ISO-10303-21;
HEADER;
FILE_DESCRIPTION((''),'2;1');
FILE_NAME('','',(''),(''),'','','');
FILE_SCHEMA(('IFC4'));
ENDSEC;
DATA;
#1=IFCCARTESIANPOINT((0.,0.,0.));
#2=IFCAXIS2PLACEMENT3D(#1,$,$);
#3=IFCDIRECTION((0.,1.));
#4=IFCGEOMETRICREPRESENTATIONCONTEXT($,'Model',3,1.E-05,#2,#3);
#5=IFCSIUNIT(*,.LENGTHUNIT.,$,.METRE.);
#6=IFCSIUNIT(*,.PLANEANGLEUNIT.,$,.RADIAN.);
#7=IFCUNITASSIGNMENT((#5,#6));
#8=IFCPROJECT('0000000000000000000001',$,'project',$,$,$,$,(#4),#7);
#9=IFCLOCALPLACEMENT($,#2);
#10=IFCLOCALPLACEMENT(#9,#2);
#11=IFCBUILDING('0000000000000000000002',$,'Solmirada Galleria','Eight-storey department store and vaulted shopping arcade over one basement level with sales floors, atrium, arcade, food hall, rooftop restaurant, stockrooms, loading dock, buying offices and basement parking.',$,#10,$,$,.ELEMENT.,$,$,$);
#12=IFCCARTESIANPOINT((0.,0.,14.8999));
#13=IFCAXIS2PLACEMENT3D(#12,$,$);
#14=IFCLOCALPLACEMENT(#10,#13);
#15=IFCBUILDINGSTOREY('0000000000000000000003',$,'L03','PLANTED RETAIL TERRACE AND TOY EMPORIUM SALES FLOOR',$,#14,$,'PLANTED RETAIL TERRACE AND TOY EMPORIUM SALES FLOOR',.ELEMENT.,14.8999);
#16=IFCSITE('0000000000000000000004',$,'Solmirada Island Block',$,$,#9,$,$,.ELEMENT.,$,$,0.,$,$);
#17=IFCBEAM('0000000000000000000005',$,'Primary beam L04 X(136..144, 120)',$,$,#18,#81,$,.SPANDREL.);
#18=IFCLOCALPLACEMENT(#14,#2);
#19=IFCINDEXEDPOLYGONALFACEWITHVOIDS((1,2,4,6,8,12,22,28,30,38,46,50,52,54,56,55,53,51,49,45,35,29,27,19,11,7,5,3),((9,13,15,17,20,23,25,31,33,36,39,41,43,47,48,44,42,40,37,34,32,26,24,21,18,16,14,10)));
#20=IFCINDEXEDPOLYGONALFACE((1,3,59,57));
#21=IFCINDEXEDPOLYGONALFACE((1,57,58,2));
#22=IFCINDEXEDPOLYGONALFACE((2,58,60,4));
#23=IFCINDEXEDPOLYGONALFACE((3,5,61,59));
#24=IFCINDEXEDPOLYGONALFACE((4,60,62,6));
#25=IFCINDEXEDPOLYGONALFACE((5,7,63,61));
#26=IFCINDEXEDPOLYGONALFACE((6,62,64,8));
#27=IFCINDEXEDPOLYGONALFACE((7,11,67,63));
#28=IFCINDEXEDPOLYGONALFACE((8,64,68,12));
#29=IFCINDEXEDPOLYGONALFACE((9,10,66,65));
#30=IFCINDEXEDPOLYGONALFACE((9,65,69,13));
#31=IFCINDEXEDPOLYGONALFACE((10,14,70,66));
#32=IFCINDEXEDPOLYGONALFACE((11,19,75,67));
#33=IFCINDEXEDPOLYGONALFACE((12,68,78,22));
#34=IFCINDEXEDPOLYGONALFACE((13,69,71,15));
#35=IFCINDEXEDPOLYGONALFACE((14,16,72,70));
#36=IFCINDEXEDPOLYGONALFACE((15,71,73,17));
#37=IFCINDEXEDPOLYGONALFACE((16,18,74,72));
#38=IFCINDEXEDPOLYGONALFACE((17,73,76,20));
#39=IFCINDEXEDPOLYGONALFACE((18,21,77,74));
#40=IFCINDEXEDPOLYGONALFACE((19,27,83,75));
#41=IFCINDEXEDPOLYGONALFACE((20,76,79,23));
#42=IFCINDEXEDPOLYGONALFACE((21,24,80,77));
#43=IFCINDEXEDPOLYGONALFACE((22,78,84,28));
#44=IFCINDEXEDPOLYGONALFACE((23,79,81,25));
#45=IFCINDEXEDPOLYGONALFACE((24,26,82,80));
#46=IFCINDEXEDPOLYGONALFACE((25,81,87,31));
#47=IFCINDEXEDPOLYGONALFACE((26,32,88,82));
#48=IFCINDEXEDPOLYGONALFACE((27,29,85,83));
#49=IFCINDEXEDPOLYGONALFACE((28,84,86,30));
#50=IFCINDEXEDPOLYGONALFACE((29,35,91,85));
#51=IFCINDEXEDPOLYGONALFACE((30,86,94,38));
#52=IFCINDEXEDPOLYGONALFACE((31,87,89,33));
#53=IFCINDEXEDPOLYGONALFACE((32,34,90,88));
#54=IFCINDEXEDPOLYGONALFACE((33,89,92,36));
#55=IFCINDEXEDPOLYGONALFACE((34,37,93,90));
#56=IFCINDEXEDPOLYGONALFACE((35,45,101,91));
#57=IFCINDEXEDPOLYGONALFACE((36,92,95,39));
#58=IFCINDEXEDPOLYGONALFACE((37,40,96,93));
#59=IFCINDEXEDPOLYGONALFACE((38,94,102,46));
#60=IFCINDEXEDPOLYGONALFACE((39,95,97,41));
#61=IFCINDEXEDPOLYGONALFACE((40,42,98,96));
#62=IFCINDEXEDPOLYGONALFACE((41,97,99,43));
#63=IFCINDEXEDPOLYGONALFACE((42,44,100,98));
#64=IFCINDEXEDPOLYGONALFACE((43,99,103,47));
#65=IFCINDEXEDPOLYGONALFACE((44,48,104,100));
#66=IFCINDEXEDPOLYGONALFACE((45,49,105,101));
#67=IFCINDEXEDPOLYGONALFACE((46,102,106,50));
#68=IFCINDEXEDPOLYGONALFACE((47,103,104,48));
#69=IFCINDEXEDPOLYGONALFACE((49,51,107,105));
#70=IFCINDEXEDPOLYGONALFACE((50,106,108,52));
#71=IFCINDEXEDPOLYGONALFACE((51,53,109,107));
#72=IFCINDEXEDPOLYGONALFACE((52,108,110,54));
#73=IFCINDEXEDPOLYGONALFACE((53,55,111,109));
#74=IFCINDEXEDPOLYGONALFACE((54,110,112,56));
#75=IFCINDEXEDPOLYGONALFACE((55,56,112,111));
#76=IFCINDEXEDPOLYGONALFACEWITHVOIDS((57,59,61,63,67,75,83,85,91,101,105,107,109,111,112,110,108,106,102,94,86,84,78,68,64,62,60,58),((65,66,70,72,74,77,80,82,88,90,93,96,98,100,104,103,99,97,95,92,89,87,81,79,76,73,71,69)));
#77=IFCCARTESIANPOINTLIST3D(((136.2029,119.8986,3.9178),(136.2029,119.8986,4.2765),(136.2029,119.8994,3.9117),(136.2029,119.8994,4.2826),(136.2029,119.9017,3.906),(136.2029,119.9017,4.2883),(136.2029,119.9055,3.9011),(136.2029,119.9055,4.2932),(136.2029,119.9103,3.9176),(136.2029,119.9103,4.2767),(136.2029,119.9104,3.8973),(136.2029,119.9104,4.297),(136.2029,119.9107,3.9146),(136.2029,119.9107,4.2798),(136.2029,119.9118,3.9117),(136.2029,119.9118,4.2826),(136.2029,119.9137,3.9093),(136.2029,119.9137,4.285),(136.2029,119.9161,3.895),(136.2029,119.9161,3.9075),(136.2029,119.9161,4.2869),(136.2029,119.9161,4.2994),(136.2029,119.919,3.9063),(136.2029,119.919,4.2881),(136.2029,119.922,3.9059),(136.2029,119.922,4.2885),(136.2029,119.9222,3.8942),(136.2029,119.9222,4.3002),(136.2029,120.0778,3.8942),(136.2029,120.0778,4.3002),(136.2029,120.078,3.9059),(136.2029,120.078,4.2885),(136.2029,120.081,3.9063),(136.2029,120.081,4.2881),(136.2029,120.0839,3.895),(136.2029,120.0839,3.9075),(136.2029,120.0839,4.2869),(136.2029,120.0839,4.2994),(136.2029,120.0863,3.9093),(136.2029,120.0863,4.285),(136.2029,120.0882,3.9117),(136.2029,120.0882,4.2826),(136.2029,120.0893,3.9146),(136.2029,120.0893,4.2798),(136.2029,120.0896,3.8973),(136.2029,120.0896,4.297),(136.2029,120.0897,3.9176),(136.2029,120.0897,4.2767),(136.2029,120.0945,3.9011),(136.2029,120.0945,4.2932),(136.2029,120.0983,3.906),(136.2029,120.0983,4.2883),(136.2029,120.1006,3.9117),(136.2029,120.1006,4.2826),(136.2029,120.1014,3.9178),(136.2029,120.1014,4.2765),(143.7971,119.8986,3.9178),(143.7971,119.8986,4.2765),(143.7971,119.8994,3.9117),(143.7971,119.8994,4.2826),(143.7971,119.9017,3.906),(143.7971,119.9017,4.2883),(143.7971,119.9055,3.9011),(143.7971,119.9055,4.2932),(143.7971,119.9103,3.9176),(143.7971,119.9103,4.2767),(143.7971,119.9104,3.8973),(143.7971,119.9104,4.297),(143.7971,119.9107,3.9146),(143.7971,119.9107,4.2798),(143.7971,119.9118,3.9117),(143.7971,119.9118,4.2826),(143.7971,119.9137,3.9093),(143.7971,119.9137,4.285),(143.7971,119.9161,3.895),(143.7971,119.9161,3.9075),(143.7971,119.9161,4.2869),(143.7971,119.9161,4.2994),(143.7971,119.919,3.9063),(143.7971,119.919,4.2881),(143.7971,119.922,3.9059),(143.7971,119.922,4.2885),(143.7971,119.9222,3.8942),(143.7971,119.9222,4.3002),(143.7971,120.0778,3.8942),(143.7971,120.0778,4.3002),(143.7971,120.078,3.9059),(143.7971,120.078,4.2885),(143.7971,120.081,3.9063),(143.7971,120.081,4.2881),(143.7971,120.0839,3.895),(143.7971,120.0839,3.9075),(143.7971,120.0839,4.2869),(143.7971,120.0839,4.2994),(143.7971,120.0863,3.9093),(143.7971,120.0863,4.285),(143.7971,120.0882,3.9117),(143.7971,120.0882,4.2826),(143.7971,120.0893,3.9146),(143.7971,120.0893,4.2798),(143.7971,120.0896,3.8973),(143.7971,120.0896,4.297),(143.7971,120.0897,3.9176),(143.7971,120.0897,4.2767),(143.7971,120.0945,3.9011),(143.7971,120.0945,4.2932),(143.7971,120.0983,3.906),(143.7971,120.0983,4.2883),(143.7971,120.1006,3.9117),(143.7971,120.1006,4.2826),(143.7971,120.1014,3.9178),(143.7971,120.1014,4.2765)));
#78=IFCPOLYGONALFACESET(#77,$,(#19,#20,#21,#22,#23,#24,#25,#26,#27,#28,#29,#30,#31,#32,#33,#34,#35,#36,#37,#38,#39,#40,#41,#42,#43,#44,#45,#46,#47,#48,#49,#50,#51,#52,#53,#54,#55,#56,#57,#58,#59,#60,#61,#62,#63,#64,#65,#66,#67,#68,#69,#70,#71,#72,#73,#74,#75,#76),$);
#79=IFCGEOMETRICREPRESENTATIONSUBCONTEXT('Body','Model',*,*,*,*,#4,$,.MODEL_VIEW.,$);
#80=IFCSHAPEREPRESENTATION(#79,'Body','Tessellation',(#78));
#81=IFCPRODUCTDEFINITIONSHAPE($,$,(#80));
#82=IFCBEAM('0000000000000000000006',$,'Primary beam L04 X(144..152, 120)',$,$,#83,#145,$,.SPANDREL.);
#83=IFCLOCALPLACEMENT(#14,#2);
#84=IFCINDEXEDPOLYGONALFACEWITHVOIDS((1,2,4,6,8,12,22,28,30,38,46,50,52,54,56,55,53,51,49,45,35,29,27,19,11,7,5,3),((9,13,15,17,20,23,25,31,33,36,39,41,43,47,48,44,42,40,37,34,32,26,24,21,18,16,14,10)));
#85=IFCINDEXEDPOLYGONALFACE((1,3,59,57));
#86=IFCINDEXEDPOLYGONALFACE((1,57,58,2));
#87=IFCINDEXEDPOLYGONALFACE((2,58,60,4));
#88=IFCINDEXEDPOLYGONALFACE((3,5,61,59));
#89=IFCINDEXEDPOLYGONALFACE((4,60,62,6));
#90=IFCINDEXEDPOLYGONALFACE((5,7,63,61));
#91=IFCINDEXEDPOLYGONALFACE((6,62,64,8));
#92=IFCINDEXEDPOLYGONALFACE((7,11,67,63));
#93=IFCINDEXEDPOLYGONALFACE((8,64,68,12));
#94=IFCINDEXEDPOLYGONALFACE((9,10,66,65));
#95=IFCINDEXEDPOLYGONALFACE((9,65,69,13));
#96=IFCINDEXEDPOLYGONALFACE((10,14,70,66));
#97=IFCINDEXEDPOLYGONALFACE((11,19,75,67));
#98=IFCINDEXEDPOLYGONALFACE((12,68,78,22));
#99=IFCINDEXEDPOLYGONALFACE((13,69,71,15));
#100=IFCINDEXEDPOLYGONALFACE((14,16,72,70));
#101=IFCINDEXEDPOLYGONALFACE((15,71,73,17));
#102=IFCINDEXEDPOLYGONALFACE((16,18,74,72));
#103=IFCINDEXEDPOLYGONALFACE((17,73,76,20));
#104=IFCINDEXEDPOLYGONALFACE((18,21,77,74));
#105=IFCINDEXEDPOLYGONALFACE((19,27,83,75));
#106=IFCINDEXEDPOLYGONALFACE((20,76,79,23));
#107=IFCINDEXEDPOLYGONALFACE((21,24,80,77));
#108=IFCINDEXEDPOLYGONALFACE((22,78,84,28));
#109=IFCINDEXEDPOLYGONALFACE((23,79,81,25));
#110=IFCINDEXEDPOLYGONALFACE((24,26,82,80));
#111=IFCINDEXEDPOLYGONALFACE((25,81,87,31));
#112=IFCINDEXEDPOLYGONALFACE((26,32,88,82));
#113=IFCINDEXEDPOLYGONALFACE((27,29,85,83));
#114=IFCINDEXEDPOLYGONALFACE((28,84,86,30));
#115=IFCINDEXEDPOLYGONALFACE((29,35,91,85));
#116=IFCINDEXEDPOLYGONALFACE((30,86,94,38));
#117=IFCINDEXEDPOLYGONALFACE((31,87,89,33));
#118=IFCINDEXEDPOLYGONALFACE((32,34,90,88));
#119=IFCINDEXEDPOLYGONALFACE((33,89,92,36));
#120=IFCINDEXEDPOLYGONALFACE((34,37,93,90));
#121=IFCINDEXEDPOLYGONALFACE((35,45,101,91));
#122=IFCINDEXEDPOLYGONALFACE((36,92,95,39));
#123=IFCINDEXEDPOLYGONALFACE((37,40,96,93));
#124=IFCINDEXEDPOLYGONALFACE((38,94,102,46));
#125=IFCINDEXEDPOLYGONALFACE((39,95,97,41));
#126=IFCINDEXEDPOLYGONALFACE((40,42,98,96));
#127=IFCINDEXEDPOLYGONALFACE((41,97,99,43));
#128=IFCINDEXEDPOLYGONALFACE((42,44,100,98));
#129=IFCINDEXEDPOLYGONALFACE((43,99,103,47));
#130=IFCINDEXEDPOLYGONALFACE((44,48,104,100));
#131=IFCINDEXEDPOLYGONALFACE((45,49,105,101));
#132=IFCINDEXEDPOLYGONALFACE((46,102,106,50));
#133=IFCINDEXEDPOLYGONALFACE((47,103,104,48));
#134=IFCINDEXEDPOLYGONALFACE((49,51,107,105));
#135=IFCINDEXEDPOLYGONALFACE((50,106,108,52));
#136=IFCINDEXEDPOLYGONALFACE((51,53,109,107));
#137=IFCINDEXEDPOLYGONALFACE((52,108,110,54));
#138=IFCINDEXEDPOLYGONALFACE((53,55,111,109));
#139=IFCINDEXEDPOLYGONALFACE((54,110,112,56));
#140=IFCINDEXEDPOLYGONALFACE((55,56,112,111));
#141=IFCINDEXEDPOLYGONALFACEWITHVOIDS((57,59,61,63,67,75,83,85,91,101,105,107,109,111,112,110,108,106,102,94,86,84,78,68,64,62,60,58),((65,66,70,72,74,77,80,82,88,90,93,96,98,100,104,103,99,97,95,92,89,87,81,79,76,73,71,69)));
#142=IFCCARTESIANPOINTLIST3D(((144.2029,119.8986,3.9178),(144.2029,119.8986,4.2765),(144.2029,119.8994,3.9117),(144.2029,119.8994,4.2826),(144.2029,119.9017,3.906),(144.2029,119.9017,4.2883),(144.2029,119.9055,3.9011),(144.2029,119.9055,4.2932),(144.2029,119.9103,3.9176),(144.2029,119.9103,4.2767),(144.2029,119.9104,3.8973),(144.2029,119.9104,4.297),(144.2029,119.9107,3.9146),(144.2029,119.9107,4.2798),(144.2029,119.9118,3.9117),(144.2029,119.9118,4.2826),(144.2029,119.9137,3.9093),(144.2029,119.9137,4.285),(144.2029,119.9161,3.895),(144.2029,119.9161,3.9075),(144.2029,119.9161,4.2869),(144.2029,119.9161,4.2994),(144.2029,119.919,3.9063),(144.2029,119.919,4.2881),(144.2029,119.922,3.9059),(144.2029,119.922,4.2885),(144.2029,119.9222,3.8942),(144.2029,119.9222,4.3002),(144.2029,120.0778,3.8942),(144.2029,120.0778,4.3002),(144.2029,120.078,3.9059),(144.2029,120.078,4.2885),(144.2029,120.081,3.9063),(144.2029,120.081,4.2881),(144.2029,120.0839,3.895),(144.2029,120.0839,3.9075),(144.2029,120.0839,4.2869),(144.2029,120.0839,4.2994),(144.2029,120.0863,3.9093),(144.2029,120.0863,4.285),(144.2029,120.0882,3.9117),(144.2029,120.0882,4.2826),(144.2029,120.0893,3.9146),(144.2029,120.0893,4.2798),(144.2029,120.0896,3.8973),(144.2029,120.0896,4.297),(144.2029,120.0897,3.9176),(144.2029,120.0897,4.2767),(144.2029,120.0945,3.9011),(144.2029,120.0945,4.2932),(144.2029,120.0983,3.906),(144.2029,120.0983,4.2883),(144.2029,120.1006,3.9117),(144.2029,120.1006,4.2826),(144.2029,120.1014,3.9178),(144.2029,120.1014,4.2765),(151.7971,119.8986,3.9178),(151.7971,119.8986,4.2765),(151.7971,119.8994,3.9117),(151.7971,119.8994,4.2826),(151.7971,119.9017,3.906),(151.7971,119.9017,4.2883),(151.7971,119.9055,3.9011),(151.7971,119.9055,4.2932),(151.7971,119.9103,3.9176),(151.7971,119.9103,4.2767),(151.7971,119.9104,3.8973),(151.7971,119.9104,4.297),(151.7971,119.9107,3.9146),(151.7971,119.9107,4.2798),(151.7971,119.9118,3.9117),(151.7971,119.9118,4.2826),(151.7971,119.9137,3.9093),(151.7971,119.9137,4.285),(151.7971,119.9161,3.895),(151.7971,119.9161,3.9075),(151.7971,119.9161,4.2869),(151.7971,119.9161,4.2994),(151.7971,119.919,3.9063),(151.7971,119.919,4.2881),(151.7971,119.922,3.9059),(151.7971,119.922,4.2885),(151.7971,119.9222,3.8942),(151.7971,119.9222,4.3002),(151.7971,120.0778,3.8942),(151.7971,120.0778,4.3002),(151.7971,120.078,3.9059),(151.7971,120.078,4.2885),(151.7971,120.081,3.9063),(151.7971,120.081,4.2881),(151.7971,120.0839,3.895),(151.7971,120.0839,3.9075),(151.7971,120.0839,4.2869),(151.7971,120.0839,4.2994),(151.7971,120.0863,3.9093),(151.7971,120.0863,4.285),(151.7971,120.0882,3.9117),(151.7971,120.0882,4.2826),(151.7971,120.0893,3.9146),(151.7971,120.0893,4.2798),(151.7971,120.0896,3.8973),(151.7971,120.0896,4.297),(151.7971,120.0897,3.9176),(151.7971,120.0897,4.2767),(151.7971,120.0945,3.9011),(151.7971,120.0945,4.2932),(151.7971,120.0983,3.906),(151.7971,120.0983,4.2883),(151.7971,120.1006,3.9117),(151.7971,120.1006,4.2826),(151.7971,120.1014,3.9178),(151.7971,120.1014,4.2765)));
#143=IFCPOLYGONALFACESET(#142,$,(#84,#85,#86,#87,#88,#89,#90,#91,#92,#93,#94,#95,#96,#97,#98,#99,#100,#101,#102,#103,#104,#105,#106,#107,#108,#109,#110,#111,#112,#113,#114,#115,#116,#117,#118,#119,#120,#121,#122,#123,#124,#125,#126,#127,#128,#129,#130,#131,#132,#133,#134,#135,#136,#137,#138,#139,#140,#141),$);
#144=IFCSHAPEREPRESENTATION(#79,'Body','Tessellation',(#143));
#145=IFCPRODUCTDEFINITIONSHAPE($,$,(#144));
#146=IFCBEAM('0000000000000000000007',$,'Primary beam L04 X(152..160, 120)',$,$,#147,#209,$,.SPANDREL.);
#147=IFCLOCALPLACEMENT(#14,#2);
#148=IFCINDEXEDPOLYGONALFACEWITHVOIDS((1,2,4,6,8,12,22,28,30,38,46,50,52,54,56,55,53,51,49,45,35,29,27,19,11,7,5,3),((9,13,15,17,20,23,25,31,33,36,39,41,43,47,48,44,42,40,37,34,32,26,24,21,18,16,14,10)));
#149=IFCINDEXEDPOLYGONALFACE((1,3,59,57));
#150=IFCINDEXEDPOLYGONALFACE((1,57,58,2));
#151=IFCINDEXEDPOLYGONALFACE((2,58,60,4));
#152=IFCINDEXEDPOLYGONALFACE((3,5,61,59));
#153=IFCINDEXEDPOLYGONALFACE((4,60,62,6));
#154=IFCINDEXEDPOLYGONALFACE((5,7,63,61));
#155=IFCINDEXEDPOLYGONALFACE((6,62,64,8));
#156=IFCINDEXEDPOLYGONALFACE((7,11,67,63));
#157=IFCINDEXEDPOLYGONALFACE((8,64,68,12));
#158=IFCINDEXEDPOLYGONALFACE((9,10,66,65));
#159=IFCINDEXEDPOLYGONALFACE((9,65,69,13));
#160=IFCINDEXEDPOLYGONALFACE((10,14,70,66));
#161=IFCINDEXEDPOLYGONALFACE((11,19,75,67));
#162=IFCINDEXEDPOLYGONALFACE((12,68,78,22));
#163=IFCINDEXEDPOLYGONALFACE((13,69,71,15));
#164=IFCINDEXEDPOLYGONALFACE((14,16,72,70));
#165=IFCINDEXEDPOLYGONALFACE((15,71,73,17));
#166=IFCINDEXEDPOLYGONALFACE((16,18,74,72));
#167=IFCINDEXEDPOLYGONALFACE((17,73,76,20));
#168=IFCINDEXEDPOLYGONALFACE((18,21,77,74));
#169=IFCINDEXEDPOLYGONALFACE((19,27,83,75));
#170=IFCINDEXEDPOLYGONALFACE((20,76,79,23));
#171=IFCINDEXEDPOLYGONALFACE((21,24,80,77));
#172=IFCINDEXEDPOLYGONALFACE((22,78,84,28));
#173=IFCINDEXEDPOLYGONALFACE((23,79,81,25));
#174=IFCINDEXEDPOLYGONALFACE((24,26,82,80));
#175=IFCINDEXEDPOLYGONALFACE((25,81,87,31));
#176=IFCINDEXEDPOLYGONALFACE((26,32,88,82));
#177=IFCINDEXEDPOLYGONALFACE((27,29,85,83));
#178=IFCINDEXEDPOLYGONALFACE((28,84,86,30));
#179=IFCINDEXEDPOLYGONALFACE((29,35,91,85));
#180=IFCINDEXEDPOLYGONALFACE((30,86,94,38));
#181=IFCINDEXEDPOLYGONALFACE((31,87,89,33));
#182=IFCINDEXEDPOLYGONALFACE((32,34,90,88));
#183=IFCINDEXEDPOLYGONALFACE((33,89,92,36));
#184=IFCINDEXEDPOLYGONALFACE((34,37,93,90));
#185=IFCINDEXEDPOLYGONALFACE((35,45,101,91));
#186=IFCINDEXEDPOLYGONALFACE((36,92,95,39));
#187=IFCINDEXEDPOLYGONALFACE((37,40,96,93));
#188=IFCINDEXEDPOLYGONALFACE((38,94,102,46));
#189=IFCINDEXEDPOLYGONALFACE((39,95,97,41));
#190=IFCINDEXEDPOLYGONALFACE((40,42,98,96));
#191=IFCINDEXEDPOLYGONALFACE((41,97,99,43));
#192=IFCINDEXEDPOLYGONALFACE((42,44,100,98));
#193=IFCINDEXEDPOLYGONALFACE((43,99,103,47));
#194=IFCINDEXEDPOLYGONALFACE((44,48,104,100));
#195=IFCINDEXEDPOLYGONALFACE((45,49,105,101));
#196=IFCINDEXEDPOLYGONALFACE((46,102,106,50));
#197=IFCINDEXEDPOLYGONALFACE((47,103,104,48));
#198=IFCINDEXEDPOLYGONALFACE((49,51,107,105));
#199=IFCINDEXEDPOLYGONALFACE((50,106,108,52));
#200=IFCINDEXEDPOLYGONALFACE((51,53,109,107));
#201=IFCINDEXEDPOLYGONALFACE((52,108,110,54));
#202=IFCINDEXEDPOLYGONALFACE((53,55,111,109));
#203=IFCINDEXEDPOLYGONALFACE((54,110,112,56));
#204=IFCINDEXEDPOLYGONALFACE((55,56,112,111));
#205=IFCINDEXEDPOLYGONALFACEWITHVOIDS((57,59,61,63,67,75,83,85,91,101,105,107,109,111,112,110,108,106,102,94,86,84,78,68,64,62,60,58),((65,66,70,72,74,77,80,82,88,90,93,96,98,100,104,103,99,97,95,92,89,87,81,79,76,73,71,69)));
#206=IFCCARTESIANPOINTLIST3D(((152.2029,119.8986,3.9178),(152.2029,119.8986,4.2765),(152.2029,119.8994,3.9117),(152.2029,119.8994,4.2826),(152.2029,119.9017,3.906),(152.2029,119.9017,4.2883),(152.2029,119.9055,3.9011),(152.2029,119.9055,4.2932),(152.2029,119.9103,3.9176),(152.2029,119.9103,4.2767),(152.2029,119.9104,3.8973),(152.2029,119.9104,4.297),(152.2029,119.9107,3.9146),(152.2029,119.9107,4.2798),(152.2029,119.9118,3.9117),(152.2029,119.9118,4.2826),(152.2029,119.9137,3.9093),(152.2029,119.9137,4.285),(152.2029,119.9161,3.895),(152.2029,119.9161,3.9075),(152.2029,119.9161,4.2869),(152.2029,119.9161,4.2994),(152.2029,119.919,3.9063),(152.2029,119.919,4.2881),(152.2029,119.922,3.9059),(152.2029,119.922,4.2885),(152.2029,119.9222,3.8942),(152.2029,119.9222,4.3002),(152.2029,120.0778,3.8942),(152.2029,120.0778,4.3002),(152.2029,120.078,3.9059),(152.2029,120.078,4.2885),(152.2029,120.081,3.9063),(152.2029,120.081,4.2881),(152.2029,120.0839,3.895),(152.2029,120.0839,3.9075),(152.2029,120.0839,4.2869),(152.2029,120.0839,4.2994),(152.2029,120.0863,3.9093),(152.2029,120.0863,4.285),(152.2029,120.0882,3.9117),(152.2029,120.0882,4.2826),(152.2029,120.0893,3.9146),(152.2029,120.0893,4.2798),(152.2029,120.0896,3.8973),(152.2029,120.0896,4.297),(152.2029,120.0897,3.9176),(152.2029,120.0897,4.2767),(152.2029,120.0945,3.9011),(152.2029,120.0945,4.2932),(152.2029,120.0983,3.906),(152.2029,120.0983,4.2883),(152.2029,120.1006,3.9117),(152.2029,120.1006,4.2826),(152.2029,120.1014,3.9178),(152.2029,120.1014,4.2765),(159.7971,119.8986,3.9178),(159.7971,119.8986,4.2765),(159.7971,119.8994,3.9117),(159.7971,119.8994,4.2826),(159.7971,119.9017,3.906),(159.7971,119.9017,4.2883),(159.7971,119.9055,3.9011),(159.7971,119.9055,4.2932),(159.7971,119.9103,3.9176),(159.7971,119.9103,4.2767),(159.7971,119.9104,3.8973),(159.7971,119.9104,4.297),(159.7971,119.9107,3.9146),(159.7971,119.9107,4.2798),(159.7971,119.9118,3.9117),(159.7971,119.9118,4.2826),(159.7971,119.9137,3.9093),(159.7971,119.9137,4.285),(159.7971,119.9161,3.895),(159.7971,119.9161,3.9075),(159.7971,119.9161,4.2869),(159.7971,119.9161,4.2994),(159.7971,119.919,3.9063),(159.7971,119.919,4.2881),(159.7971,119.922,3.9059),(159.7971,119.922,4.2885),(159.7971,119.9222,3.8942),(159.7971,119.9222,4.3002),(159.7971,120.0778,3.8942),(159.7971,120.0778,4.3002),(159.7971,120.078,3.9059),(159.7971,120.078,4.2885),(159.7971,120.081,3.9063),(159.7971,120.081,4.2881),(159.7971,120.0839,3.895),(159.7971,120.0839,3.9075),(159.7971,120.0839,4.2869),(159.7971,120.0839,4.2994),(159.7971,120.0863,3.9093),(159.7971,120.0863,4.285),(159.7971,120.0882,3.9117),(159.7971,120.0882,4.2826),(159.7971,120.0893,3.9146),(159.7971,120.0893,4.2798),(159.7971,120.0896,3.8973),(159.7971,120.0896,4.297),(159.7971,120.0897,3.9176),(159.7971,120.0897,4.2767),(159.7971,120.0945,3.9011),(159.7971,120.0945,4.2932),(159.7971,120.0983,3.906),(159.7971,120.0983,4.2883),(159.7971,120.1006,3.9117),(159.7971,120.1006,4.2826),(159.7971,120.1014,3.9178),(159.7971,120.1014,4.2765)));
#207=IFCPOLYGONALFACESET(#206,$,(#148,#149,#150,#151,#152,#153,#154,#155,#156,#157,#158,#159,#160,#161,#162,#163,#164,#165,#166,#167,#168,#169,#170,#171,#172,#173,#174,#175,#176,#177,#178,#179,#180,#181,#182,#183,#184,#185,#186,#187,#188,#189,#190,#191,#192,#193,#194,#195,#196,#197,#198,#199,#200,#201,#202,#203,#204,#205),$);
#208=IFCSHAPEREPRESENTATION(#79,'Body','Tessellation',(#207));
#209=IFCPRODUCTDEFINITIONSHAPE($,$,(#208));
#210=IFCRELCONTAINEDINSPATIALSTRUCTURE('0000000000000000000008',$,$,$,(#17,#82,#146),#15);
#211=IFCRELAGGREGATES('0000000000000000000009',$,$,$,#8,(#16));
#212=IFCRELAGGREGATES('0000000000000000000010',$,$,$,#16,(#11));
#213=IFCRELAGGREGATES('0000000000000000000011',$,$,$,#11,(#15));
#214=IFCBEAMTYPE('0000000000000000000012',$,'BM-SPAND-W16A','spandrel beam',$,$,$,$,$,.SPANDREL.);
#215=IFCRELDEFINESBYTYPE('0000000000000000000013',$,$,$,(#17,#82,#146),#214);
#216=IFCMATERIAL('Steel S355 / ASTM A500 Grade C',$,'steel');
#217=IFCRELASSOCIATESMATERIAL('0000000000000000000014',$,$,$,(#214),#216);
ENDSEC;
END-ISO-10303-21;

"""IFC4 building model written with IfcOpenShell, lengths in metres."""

from ifc_helpers import new_model, si_unit, direction, frame, origin, origin_2d, place, context, subcontext, project, spatial, hollow_rectangle, extrude, material, material_profile, profile_set, type_object, element, save


model = new_model("IFC4")

# Units and contexts
model_context = context("Model", 3, precision=1e-05, world=origin(), true_north=direction((0.0, 1.0)))
body_context = subcontext(model_context, "Body", "Model", "MODEL_VIEW")
ifc_project = project(units=[si_unit("LENGTHUNIT", "METRE"), si_unit("PLANEANGLEUNIT", "RADIAN")], contexts=[model_context])

# Site, building, storey
site_placement = place(None, origin())
site = spatial("IfcSite", under=ifc_project, at=site_placement, Name="Solmirada Island Block", CompositionType="ELEMENT", RefElevation=0.0)
building_placement = place(site_placement, origin())
building = spatial("IfcBuilding", under=site, at=building_placement, Name="Solmirada Galleria", Description="Eight-storey department store and vaulted shopping arcade over one basement level with sales floors, atrium, arcade, food hall, rooftop restaurant, stockrooms, loading dock, buying offices and basement parking.", CompositionType="ELEMENT")
storey_placement = place(building_placement, frame((0.0, 0.0, 14.8999)))
storey = spatial("IfcBuildingStorey", under=building, at=storey_placement, Name="L03", Description="PLANTED RETAIL TERRACE AND TOY EMPORIUM SALES FLOOR", LongName="PLANTED RETAIL TERRACE AND TOY EMPORIUM SALES FLOOR", CompositionType="ELEMENT", Elevation=14.8999)

# Shared definitions
ifc_material_1 = material(Name="Steel S355 / ASTM A500 Grade C", Category="steel")

# Beams
ifc_material_profile_1 = material_profile(ifc_material_1, hollow_rectangle(XDim=0.2029, YDim=0.406, WallThickness=0.0117, InnerFilletRadius=0.0117, OuterFilletRadius=0.0237, at=origin_2d()), Name="HSS16X8X1/2")
ifc_profile_set_1 = profile_set([ifc_material_profile_1], Name="Steel S355 / ASTM A500 Grade C")
beam_type_1 = type_object("IfcBeamType", Name="BM-SPAND-W16A", Description="spandrel beam", PredefinedType="SPANDREL", material=ifc_profile_set_1)
for number, where, z_axis, x_axis, name in (
    (1, (136.2029, 120.0, 4.0972), (1.0, 0.0, 0.0), (0.0, 1.0, 0.0), "Primary beam L04 X(136..144, 120)"),
    (2, (144.2029, 120.0, 4.0972), (1.0, 0.0, 0.0), (0.0, 1.0, 0.0), "Primary beam L04 X(144..152, 120)"),
    (3, (152.2029, 120.0, 4.0972), (1.0, 0.0, 0.0), (0.0, 1.0, 0.0), "Primary beam L04 X(152..160, 120)"),
):
    element("IfcBeam", number, at=place(storey_placement, frame(where, z_axis=z_axis, x_axis=x_axis)), inside=storey, type_object=beam_type_1, Name=name, PredefinedType="SPANDREL", context=body_context, shape_type="SweptSolid", body=[
        extrude(hollow_rectangle(XDim=0.2029, YDim=0.406, WallThickness=0.0117, InnerFilletRadius=0.0117, OuterFilletRadius=0.0237, at=origin_2d()), origin(), (0.0, 0.0, 1.0), 7.5942),
    ])

save(model, "model.ifc")
